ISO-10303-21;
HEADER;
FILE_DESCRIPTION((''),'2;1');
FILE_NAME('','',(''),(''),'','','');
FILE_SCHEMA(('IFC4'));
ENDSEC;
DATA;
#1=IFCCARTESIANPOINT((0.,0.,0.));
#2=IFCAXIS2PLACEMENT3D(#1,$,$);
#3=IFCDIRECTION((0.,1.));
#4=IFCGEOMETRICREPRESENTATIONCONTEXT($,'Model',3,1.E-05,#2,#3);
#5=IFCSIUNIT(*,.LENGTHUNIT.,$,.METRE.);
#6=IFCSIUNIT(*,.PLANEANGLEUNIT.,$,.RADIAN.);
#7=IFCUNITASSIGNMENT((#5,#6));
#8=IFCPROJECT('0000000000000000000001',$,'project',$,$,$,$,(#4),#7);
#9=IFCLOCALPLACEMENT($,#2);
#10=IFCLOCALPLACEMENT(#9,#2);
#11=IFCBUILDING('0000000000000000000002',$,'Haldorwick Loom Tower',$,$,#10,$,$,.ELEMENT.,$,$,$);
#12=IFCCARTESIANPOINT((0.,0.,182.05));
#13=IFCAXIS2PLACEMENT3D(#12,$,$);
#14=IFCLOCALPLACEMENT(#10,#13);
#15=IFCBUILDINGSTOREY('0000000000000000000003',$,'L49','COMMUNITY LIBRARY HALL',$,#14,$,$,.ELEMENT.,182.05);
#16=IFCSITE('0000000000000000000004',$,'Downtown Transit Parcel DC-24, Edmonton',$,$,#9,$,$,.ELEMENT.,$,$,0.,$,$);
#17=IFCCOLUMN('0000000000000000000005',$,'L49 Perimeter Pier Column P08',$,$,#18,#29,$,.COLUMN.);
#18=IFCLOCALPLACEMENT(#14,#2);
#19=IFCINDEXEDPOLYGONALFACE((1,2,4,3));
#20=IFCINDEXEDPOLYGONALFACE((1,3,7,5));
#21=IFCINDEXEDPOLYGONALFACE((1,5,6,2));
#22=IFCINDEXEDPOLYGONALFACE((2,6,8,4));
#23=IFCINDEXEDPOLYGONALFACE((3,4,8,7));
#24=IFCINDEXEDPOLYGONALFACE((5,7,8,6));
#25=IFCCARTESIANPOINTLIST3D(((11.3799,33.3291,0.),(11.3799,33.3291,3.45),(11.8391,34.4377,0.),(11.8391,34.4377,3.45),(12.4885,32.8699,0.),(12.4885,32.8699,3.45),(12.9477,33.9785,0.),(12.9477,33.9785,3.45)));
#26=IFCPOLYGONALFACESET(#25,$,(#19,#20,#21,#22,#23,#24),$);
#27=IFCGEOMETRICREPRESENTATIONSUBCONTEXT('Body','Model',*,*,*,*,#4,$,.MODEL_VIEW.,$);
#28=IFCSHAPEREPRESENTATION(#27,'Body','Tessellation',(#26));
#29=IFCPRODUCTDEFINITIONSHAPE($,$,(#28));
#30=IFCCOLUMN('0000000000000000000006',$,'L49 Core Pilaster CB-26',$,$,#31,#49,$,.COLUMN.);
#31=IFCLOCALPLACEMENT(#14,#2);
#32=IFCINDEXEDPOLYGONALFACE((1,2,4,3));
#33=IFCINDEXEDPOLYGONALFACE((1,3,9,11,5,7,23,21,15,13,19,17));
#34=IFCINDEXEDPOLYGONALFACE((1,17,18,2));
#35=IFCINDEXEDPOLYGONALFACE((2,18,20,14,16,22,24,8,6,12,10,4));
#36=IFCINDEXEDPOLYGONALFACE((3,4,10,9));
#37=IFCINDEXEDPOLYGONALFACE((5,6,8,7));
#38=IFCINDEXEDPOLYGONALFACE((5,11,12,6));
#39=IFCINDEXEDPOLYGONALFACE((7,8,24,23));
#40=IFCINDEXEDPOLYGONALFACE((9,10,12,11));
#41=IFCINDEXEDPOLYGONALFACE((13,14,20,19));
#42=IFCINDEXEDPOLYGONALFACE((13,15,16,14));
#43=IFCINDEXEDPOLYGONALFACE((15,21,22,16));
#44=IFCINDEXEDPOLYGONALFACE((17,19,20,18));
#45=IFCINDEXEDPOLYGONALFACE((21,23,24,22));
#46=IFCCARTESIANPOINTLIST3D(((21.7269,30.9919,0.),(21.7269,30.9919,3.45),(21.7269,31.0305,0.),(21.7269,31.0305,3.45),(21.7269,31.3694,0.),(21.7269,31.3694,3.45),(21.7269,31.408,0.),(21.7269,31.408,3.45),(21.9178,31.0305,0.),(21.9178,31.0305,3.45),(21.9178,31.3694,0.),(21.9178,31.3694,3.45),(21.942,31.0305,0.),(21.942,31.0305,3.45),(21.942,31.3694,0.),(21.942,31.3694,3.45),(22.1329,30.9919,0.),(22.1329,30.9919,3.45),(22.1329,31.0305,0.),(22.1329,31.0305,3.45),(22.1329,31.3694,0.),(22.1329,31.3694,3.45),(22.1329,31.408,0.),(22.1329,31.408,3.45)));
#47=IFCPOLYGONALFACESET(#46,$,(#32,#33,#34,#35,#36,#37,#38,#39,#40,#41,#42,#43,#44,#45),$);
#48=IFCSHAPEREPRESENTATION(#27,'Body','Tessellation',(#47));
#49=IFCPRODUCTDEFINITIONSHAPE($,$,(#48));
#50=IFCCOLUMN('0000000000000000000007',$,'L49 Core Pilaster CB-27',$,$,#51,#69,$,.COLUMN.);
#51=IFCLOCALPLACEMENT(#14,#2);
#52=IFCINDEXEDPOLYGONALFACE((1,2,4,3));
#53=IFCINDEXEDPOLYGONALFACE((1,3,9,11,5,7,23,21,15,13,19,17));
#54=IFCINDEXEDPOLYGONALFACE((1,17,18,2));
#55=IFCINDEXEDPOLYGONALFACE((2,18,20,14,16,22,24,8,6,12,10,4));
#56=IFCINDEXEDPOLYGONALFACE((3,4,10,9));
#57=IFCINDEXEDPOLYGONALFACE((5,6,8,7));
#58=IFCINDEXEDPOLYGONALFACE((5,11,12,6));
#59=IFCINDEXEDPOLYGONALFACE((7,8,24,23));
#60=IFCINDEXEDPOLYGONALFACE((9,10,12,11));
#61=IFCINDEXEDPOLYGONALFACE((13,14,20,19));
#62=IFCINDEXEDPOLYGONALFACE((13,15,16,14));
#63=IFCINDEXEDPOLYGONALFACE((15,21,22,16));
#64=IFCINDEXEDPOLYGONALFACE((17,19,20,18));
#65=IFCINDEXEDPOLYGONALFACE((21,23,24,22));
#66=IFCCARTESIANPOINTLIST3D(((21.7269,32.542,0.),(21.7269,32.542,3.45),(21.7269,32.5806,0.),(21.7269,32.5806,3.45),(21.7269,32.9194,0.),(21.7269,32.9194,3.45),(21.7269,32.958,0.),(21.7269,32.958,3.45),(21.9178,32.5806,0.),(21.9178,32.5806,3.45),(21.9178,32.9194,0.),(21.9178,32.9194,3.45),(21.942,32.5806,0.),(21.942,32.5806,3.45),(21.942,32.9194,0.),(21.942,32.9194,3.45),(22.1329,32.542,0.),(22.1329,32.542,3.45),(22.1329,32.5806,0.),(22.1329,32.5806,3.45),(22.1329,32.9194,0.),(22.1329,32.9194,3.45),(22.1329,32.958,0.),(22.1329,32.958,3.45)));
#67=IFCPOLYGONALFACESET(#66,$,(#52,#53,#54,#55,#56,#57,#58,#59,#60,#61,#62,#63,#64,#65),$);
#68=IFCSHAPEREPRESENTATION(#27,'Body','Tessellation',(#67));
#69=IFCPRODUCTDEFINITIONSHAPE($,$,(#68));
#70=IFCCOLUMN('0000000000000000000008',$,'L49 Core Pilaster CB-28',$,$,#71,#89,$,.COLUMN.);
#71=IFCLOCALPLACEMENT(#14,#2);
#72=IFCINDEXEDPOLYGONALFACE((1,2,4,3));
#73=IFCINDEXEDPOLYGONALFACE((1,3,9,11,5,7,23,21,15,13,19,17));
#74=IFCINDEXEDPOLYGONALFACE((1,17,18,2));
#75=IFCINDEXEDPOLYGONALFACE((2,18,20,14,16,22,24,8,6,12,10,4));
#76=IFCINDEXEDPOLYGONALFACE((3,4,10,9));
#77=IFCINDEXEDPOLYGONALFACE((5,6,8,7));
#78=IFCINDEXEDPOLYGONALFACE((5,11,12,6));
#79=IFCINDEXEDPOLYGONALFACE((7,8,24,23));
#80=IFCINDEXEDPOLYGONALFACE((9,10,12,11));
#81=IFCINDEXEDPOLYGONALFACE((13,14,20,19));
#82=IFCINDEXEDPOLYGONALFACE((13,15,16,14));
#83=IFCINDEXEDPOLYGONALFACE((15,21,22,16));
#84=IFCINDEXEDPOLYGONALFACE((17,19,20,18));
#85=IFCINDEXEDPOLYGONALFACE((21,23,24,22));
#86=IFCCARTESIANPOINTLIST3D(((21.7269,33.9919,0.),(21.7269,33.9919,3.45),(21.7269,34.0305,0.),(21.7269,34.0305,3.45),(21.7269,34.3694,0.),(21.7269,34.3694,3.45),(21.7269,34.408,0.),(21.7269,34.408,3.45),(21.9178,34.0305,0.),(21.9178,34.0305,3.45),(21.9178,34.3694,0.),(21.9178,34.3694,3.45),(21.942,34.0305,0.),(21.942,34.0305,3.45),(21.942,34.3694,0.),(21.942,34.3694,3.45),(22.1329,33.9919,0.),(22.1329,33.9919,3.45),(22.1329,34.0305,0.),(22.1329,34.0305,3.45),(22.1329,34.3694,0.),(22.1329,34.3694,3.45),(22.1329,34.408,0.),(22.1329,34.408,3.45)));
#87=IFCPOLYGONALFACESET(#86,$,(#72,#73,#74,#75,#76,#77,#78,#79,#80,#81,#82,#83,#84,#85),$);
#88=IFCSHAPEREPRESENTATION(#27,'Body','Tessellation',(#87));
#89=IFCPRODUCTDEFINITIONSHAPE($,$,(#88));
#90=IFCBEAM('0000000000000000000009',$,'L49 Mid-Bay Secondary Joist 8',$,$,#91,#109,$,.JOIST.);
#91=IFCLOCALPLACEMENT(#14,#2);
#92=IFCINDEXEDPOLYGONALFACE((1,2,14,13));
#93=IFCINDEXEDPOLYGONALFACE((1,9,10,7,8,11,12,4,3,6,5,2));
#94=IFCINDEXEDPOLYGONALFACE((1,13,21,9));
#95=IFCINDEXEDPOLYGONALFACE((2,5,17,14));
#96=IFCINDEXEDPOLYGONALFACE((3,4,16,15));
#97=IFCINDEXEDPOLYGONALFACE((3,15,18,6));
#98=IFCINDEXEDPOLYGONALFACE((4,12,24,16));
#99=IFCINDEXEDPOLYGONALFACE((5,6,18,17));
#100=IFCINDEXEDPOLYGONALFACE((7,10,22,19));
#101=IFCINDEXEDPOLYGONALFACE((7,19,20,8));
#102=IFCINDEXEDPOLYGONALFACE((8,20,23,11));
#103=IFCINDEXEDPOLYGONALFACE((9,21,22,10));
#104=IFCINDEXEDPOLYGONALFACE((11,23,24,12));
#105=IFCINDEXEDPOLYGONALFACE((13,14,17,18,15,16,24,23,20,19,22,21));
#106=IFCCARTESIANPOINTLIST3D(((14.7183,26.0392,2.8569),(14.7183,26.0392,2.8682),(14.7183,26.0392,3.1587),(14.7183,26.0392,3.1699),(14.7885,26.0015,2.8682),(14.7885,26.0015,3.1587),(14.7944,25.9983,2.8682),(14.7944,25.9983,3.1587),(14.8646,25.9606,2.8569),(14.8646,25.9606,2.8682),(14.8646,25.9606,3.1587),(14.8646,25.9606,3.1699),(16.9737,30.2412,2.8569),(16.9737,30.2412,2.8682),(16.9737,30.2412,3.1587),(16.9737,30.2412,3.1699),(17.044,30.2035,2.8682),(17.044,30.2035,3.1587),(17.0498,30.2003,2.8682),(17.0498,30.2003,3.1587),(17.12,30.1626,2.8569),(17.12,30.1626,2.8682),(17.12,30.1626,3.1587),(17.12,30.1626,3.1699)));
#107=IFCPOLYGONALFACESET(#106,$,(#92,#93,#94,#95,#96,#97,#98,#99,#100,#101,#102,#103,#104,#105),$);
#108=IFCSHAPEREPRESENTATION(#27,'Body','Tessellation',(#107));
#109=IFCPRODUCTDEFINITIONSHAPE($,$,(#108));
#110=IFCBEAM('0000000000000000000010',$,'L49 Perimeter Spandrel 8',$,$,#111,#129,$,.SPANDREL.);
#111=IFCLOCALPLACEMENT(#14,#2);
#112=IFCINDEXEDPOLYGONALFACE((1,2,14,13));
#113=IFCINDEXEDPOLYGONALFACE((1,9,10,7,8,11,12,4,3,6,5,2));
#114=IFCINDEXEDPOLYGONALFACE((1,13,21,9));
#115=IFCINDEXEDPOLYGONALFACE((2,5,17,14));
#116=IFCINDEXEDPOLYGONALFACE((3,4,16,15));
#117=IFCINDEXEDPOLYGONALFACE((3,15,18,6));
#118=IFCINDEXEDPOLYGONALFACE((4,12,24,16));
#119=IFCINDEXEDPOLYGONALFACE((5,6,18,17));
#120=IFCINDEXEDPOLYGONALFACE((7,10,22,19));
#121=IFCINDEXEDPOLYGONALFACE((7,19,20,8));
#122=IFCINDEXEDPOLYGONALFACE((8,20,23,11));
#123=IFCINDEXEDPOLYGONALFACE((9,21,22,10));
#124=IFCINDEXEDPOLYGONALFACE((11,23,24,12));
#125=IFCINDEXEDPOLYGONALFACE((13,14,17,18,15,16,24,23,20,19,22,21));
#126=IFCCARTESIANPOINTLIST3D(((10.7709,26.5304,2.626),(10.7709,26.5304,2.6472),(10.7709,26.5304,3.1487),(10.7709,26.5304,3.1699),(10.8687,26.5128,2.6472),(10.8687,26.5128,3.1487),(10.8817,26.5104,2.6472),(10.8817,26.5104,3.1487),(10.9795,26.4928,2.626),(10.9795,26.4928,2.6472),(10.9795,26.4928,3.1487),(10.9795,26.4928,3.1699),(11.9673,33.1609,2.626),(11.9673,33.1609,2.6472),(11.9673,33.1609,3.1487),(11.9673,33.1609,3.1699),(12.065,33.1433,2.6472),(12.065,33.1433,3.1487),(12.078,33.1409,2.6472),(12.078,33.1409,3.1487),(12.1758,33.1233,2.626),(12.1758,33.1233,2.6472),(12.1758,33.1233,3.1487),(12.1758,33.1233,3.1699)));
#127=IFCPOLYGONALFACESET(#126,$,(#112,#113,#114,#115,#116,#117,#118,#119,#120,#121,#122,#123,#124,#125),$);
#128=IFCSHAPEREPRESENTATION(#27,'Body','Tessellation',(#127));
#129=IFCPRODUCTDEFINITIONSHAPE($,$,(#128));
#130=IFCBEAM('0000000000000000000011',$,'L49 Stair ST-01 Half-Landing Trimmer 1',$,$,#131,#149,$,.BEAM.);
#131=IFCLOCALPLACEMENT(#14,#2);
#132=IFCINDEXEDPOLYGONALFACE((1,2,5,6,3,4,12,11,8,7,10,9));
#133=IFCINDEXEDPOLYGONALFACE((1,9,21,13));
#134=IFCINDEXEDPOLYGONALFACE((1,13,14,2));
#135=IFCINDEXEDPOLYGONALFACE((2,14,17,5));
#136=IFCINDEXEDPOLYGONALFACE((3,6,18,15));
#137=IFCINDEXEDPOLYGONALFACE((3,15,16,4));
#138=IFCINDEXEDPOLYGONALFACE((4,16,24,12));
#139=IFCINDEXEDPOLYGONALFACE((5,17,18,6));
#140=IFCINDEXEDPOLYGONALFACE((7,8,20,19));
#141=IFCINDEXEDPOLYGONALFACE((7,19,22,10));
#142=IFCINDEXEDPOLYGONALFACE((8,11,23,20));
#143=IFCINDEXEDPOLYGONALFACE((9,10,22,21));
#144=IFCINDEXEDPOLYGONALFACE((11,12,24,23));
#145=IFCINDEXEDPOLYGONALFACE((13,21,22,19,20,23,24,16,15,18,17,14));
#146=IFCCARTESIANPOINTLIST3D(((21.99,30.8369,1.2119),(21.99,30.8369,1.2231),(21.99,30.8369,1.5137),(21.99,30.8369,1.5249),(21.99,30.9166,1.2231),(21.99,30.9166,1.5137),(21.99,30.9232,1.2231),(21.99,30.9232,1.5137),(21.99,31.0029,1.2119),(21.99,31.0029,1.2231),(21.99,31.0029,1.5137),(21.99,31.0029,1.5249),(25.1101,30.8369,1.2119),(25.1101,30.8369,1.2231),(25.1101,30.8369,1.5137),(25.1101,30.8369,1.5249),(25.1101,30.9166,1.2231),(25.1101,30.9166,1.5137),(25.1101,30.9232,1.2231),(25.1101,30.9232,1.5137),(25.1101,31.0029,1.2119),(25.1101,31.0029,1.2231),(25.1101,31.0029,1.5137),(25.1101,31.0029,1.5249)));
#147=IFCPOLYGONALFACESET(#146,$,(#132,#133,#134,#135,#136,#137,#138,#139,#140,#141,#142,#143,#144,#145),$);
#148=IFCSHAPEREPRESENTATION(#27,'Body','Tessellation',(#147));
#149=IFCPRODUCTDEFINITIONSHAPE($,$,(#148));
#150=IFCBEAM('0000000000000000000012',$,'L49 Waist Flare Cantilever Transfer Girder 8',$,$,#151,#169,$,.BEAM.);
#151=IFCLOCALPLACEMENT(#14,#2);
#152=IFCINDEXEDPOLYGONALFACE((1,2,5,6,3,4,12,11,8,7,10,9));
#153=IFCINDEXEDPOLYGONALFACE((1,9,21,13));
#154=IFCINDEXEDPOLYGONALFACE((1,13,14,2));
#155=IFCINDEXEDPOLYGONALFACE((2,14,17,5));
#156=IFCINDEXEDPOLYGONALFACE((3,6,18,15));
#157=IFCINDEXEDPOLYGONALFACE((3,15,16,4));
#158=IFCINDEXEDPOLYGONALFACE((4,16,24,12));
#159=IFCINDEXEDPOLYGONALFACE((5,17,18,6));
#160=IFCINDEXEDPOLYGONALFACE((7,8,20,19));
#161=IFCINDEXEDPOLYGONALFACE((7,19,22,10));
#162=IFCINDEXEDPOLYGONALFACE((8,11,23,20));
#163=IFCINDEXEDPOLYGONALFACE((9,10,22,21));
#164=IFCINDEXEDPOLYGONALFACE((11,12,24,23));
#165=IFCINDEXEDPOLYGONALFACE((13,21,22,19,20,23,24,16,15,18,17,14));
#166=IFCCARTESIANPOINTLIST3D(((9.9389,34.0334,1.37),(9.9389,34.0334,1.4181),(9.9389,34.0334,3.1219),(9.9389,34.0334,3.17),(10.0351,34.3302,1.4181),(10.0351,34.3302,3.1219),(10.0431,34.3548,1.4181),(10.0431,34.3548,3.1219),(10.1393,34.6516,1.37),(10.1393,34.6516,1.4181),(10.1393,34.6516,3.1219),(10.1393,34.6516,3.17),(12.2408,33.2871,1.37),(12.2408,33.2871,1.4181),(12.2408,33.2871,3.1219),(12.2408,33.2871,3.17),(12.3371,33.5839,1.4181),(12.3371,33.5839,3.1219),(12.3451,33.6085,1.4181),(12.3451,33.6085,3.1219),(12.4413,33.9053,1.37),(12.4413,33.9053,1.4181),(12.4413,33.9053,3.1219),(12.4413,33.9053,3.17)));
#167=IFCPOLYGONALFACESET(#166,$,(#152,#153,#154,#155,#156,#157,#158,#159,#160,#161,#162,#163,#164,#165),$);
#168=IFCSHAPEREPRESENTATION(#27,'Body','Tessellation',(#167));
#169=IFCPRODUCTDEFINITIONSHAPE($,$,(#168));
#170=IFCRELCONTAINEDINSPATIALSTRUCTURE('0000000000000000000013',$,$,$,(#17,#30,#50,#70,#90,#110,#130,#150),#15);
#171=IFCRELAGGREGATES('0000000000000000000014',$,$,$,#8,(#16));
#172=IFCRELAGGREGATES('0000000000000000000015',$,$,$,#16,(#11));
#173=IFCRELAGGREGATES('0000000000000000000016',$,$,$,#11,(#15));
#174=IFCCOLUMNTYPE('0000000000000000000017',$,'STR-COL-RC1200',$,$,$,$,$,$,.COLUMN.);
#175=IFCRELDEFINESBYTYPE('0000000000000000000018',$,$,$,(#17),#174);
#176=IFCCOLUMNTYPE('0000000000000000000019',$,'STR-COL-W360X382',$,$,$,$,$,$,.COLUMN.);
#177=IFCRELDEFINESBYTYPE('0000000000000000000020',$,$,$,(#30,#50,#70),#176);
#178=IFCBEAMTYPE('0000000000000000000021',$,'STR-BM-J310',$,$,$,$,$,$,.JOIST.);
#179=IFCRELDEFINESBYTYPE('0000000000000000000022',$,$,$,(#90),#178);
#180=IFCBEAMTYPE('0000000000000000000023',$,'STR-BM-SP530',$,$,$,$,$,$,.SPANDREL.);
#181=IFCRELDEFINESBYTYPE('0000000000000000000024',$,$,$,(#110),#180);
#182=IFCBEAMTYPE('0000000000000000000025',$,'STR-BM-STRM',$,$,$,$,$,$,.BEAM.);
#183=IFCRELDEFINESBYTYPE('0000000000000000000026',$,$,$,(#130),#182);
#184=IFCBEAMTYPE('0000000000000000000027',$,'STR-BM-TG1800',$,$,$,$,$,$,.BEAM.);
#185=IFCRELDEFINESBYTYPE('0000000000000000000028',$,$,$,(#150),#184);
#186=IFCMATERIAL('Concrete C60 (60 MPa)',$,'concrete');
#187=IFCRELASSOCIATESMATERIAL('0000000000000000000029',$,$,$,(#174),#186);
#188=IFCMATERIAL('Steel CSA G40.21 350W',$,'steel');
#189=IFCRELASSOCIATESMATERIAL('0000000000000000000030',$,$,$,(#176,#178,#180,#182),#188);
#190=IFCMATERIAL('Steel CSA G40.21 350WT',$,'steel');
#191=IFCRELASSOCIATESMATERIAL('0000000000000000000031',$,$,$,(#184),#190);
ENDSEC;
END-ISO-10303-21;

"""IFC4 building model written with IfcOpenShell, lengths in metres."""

from ifc_helpers import new_model, si_unit, direction, frame, origin, origin_2d, place, context, subcontext, project, spatial, rectangle, i_section, extrude, material, material_profile, profile_set, type_object, element, save


model = new_model("IFC4")

# Units and contexts
model_context = context("Model", 3, precision=1e-05, world=origin(), true_north=direction((0.0, 1.0)))
body_context = subcontext(model_context, "Body", "Model", "MODEL_VIEW")
ifc_project = project(units=[si_unit("LENGTHUNIT", "METRE"), si_unit("PLANEANGLEUNIT", "RADIAN")], contexts=[model_context])

# Site, building, storey
site_placement = place(None, origin())
site = spatial("IfcSite", under=ifc_project, at=site_placement, Name="Downtown Transit Parcel DC-24, Edmonton", CompositionType="ELEMENT", RefElevation=0.0)
building_placement = place(site_placement, origin())
building = spatial("IfcBuilding", under=site, at=building_placement, Name="Haldorwick Loom Tower", CompositionType="ELEMENT")
storey_placement = place(building_placement, frame((0.0, 0.0, 182.05)))
storey = spatial("IfcBuildingStorey", under=building, at=storey_placement, Name="L49", Description="COMMUNITY LIBRARY HALL", CompositionType="ELEMENT", Elevation=182.05)

# Columns
ifc_material_1 = material(Name="Concrete C60 (60 MPa)", Category="concrete")
ifc_material_profile_1 = material_profile(ifc_material_1, rectangle(XDim=1.2, YDim=1.2, at=origin_2d()), Name="RC1200X1200", Category="concrete")
ifc_profile_set_1 = profile_set([ifc_material_profile_1], Name="Concrete C60 (60 MPa)")
column_type_1 = type_object("IfcColumnType", Name="STR-COL-RC1200", PredefinedType="COLUMN", material=ifc_profile_set_1)
column_placement = place(storey_placement, frame((12.1638, 33.6538, 0.0), z_axis=(0.0, 0.0, 1.0), x_axis=(-0.92388, 0.382683, 0.0)))
element("IfcColumn", 1, at=column_placement, inside=storey, type_object=column_type_1, Name="L49 Perimeter Pier Column P08", PredefinedType="COLUMN", context=body_context, shape_type="SweptSolid", body=[
    extrude(rectangle(XDim=1.2, YDim=1.2, at=origin_2d()), origin(), (0.0, 0.0, 1.0), 3.45),
])
ifc_material_2 = material(Name="Steel CSA G40.21 350W", Category="steel")
ifc_material_profile_2 = material_profile(ifc_material_2, i_section(OverallWidth=0.406, OverallDepth=0.416, WebThickness=0.0242, FlangeThickness=0.0386, at=origin_2d()), Name="W360X382", Category="steel")
ifc_profile_set_2 = profile_set([ifc_material_profile_2], Name="Steel CSA G40.21 350W")
column_type_2 = type_object("IfcColumnType", Name="STR-COL-W360X382", PredefinedType="COLUMN", material=ifc_profile_set_2)
for number, where, z_axis, x_axis, name in (
    (2, (21.9299, 31.2, 0.0), (0.0, 0.0, 1.0), (1.0, 0.0, 0.0), "L49 Core Pilaster CB-26"),
    (3, (21.9299, 32.75, 0.0), (0.0, 0.0, 1.0), (1.0, 0.0, 0.0), "L49 Core Pilaster CB-27"),
    (4, (21.9299, 34.2, 0.0), (0.0, 0.0, 1.0), (1.0, 0.0, 0.0), "L49 Core Pilaster CB-28"),
):
    element("IfcColumn", number, at=place(storey_placement, frame(where, z_axis=z_axis, x_axis=x_axis)), inside=storey, type_object=column_type_2, Name=name, PredefinedType="COLUMN", context=body_context, shape_type="SweptSolid", body=[
        extrude(i_section(OverallWidth=0.406, OverallDepth=0.416, WebThickness=0.0242, FlangeThickness=0.0386, at=origin_2d()), origin(), (0.0, 0.0, 1.0), 3.45),
    ])

# Beams
ifc_material_profile_3 = material_profile(ifc_material_2, i_section(OverallWidth=0.166, OverallDepth=0.313, WebThickness=0.0066, FlangeThickness=0.0112, at=origin_2d()), Name="W310X45", Category="steel")
ifc_profile_set_3 = profile_set([ifc_material_profile_3], Name="Steel CSA G40.21 350W")
beam_type_1 = type_object("IfcBeamType", Name="STR-BM-J310", PredefinedType="JOIST", material=ifc_profile_set_3)
beam_1_placement = place(storey_placement, frame((17.0469, 30.2019, 3.0134), z_axis=(-0.47293, -0.8811, 0.0), x_axis=(0.8811, -0.47293, 0.0)))
element("IfcBeam", 5, at=beam_1_placement, inside=storey, type_object=beam_type_1, Name="L49 Mid-Bay Secondary Joist 8", PredefinedType="JOIST", context=body_context, shape_type="SweptSolid", body=[
    extrude(i_section(OverallWidth=0.166, OverallDepth=0.313, WebThickness=0.0066, FlangeThickness=0.0112, at=origin_2d()), origin(), (0.0, 0.0, 1.0), 4.769),
])
ifc_material_profile_4 = material_profile(ifc_material_2, i_section(OverallWidth=0.2119, OverallDepth=0.5439, WebThickness=0.0132, FlangeThickness=0.0212, at=origin_2d()), Name="W530X123", Category="steel")
ifc_profile_set_4 = profile_set([ifc_material_profile_4], Name="Steel CSA G40.21 350W")
beam_type_2 = type_object("IfcBeamType", Name="STR-BM-SP530", PredefinedType="SPANDREL", material=ifc_profile_set_4)
beam_2_placement = place(storey_placement, frame((12.0715, 33.1421, 2.8979), z_axis=(-0.177559, -0.98411, 0.0), x_axis=(0.98411, -0.177559, 0.0)))
element("IfcBeam", 6, at=beam_2_placement, inside=storey, type_object=beam_type_2, Name="L49 Perimeter Spandrel 8", PredefinedType="SPANDREL", context=body_context, shape_type="SweptSolid", body=[
    extrude(i_section(OverallWidth=0.2119, OverallDepth=0.5439, WebThickness=0.0132, FlangeThickness=0.0212, at=origin_2d()), origin(), (0.0, 0.0, 1.0), 6.7375),
])
ifc_material_profile_5 = material_profile(ifc_material_2, i_section(OverallWidth=0.166, OverallDepth=0.313, WebThickness=0.0066, FlangeThickness=0.0112, at=origin_2d()), Name="W310X45", Category="steel")
ifc_profile_set_5 = profile_set([ifc_material_profile_5], Name="Steel CSA G40.21 350W")
beam_type_3 = type_object("IfcBeamType", Name="STR-BM-STRM", PredefinedType="BEAM", material=ifc_profile_set_5)
beam_3_placement = place(storey_placement, frame((21.99, 30.9199, 1.3684), z_axis=(1.0, 0.0, 0.0), x_axis=(0.0, 1.0, 0.0)))
element("IfcBeam", 7, at=beam_3_placement, inside=storey, type_object=beam_type_3, Name="L49 Stair ST-01 Half-Landing Trimmer 1", PredefinedType="BEAM", context=body_context, shape_type="SweptSolid", body=[
    extrude(i_section(OverallWidth=0.166, OverallDepth=0.313, WebThickness=0.0066, FlangeThickness=0.0112, at=origin_2d()), origin(), (0.0, 0.0, 1.0), 3.1201),
])
ifc_material_3 = material(Name="Steel CSA G40.21 350WT", Category="steel")
ifc_material_profile_6 = material_profile(ifc_material_3, i_section(OverallWidth=0.6499, OverallDepth=1.8, WebThickness=0.0259, FlangeThickness=0.0481, at=origin_2d()), Name="WWF1800X650", Category="steel")
ifc_profile_set_6 = profile_set([ifc_material_profile_6], Name="Steel CSA G40.21 350WT")
beam_type_4 = type_object("IfcBeamType", Name="STR-BM-TG1800", PredefinedType="BEAM", material=ifc_profile_set_6)
beam_4_placement = place(storey_placement, frame((12.3411, 33.5962, 2.27), z_axis=(-0.951254, 0.308408, 0.0), x_axis=(-0.308408, -0.951254, 0.0)))
element("IfcBeam", 8, at=beam_4_placement, inside=storey, type_object=beam_type_4, Name="L49 Waist Flare Cantilever Transfer Girder 8", PredefinedType="BEAM", context=body_context, shape_type="SweptSolid", body=[
    extrude(i_section(OverallWidth=0.6499, OverallDepth=1.8, WebThickness=0.0259, FlangeThickness=0.0481, at=origin_2d()), origin(), (0.0, 0.0, 1.0), 2.4199),
])

save(model, "model.ifc")
